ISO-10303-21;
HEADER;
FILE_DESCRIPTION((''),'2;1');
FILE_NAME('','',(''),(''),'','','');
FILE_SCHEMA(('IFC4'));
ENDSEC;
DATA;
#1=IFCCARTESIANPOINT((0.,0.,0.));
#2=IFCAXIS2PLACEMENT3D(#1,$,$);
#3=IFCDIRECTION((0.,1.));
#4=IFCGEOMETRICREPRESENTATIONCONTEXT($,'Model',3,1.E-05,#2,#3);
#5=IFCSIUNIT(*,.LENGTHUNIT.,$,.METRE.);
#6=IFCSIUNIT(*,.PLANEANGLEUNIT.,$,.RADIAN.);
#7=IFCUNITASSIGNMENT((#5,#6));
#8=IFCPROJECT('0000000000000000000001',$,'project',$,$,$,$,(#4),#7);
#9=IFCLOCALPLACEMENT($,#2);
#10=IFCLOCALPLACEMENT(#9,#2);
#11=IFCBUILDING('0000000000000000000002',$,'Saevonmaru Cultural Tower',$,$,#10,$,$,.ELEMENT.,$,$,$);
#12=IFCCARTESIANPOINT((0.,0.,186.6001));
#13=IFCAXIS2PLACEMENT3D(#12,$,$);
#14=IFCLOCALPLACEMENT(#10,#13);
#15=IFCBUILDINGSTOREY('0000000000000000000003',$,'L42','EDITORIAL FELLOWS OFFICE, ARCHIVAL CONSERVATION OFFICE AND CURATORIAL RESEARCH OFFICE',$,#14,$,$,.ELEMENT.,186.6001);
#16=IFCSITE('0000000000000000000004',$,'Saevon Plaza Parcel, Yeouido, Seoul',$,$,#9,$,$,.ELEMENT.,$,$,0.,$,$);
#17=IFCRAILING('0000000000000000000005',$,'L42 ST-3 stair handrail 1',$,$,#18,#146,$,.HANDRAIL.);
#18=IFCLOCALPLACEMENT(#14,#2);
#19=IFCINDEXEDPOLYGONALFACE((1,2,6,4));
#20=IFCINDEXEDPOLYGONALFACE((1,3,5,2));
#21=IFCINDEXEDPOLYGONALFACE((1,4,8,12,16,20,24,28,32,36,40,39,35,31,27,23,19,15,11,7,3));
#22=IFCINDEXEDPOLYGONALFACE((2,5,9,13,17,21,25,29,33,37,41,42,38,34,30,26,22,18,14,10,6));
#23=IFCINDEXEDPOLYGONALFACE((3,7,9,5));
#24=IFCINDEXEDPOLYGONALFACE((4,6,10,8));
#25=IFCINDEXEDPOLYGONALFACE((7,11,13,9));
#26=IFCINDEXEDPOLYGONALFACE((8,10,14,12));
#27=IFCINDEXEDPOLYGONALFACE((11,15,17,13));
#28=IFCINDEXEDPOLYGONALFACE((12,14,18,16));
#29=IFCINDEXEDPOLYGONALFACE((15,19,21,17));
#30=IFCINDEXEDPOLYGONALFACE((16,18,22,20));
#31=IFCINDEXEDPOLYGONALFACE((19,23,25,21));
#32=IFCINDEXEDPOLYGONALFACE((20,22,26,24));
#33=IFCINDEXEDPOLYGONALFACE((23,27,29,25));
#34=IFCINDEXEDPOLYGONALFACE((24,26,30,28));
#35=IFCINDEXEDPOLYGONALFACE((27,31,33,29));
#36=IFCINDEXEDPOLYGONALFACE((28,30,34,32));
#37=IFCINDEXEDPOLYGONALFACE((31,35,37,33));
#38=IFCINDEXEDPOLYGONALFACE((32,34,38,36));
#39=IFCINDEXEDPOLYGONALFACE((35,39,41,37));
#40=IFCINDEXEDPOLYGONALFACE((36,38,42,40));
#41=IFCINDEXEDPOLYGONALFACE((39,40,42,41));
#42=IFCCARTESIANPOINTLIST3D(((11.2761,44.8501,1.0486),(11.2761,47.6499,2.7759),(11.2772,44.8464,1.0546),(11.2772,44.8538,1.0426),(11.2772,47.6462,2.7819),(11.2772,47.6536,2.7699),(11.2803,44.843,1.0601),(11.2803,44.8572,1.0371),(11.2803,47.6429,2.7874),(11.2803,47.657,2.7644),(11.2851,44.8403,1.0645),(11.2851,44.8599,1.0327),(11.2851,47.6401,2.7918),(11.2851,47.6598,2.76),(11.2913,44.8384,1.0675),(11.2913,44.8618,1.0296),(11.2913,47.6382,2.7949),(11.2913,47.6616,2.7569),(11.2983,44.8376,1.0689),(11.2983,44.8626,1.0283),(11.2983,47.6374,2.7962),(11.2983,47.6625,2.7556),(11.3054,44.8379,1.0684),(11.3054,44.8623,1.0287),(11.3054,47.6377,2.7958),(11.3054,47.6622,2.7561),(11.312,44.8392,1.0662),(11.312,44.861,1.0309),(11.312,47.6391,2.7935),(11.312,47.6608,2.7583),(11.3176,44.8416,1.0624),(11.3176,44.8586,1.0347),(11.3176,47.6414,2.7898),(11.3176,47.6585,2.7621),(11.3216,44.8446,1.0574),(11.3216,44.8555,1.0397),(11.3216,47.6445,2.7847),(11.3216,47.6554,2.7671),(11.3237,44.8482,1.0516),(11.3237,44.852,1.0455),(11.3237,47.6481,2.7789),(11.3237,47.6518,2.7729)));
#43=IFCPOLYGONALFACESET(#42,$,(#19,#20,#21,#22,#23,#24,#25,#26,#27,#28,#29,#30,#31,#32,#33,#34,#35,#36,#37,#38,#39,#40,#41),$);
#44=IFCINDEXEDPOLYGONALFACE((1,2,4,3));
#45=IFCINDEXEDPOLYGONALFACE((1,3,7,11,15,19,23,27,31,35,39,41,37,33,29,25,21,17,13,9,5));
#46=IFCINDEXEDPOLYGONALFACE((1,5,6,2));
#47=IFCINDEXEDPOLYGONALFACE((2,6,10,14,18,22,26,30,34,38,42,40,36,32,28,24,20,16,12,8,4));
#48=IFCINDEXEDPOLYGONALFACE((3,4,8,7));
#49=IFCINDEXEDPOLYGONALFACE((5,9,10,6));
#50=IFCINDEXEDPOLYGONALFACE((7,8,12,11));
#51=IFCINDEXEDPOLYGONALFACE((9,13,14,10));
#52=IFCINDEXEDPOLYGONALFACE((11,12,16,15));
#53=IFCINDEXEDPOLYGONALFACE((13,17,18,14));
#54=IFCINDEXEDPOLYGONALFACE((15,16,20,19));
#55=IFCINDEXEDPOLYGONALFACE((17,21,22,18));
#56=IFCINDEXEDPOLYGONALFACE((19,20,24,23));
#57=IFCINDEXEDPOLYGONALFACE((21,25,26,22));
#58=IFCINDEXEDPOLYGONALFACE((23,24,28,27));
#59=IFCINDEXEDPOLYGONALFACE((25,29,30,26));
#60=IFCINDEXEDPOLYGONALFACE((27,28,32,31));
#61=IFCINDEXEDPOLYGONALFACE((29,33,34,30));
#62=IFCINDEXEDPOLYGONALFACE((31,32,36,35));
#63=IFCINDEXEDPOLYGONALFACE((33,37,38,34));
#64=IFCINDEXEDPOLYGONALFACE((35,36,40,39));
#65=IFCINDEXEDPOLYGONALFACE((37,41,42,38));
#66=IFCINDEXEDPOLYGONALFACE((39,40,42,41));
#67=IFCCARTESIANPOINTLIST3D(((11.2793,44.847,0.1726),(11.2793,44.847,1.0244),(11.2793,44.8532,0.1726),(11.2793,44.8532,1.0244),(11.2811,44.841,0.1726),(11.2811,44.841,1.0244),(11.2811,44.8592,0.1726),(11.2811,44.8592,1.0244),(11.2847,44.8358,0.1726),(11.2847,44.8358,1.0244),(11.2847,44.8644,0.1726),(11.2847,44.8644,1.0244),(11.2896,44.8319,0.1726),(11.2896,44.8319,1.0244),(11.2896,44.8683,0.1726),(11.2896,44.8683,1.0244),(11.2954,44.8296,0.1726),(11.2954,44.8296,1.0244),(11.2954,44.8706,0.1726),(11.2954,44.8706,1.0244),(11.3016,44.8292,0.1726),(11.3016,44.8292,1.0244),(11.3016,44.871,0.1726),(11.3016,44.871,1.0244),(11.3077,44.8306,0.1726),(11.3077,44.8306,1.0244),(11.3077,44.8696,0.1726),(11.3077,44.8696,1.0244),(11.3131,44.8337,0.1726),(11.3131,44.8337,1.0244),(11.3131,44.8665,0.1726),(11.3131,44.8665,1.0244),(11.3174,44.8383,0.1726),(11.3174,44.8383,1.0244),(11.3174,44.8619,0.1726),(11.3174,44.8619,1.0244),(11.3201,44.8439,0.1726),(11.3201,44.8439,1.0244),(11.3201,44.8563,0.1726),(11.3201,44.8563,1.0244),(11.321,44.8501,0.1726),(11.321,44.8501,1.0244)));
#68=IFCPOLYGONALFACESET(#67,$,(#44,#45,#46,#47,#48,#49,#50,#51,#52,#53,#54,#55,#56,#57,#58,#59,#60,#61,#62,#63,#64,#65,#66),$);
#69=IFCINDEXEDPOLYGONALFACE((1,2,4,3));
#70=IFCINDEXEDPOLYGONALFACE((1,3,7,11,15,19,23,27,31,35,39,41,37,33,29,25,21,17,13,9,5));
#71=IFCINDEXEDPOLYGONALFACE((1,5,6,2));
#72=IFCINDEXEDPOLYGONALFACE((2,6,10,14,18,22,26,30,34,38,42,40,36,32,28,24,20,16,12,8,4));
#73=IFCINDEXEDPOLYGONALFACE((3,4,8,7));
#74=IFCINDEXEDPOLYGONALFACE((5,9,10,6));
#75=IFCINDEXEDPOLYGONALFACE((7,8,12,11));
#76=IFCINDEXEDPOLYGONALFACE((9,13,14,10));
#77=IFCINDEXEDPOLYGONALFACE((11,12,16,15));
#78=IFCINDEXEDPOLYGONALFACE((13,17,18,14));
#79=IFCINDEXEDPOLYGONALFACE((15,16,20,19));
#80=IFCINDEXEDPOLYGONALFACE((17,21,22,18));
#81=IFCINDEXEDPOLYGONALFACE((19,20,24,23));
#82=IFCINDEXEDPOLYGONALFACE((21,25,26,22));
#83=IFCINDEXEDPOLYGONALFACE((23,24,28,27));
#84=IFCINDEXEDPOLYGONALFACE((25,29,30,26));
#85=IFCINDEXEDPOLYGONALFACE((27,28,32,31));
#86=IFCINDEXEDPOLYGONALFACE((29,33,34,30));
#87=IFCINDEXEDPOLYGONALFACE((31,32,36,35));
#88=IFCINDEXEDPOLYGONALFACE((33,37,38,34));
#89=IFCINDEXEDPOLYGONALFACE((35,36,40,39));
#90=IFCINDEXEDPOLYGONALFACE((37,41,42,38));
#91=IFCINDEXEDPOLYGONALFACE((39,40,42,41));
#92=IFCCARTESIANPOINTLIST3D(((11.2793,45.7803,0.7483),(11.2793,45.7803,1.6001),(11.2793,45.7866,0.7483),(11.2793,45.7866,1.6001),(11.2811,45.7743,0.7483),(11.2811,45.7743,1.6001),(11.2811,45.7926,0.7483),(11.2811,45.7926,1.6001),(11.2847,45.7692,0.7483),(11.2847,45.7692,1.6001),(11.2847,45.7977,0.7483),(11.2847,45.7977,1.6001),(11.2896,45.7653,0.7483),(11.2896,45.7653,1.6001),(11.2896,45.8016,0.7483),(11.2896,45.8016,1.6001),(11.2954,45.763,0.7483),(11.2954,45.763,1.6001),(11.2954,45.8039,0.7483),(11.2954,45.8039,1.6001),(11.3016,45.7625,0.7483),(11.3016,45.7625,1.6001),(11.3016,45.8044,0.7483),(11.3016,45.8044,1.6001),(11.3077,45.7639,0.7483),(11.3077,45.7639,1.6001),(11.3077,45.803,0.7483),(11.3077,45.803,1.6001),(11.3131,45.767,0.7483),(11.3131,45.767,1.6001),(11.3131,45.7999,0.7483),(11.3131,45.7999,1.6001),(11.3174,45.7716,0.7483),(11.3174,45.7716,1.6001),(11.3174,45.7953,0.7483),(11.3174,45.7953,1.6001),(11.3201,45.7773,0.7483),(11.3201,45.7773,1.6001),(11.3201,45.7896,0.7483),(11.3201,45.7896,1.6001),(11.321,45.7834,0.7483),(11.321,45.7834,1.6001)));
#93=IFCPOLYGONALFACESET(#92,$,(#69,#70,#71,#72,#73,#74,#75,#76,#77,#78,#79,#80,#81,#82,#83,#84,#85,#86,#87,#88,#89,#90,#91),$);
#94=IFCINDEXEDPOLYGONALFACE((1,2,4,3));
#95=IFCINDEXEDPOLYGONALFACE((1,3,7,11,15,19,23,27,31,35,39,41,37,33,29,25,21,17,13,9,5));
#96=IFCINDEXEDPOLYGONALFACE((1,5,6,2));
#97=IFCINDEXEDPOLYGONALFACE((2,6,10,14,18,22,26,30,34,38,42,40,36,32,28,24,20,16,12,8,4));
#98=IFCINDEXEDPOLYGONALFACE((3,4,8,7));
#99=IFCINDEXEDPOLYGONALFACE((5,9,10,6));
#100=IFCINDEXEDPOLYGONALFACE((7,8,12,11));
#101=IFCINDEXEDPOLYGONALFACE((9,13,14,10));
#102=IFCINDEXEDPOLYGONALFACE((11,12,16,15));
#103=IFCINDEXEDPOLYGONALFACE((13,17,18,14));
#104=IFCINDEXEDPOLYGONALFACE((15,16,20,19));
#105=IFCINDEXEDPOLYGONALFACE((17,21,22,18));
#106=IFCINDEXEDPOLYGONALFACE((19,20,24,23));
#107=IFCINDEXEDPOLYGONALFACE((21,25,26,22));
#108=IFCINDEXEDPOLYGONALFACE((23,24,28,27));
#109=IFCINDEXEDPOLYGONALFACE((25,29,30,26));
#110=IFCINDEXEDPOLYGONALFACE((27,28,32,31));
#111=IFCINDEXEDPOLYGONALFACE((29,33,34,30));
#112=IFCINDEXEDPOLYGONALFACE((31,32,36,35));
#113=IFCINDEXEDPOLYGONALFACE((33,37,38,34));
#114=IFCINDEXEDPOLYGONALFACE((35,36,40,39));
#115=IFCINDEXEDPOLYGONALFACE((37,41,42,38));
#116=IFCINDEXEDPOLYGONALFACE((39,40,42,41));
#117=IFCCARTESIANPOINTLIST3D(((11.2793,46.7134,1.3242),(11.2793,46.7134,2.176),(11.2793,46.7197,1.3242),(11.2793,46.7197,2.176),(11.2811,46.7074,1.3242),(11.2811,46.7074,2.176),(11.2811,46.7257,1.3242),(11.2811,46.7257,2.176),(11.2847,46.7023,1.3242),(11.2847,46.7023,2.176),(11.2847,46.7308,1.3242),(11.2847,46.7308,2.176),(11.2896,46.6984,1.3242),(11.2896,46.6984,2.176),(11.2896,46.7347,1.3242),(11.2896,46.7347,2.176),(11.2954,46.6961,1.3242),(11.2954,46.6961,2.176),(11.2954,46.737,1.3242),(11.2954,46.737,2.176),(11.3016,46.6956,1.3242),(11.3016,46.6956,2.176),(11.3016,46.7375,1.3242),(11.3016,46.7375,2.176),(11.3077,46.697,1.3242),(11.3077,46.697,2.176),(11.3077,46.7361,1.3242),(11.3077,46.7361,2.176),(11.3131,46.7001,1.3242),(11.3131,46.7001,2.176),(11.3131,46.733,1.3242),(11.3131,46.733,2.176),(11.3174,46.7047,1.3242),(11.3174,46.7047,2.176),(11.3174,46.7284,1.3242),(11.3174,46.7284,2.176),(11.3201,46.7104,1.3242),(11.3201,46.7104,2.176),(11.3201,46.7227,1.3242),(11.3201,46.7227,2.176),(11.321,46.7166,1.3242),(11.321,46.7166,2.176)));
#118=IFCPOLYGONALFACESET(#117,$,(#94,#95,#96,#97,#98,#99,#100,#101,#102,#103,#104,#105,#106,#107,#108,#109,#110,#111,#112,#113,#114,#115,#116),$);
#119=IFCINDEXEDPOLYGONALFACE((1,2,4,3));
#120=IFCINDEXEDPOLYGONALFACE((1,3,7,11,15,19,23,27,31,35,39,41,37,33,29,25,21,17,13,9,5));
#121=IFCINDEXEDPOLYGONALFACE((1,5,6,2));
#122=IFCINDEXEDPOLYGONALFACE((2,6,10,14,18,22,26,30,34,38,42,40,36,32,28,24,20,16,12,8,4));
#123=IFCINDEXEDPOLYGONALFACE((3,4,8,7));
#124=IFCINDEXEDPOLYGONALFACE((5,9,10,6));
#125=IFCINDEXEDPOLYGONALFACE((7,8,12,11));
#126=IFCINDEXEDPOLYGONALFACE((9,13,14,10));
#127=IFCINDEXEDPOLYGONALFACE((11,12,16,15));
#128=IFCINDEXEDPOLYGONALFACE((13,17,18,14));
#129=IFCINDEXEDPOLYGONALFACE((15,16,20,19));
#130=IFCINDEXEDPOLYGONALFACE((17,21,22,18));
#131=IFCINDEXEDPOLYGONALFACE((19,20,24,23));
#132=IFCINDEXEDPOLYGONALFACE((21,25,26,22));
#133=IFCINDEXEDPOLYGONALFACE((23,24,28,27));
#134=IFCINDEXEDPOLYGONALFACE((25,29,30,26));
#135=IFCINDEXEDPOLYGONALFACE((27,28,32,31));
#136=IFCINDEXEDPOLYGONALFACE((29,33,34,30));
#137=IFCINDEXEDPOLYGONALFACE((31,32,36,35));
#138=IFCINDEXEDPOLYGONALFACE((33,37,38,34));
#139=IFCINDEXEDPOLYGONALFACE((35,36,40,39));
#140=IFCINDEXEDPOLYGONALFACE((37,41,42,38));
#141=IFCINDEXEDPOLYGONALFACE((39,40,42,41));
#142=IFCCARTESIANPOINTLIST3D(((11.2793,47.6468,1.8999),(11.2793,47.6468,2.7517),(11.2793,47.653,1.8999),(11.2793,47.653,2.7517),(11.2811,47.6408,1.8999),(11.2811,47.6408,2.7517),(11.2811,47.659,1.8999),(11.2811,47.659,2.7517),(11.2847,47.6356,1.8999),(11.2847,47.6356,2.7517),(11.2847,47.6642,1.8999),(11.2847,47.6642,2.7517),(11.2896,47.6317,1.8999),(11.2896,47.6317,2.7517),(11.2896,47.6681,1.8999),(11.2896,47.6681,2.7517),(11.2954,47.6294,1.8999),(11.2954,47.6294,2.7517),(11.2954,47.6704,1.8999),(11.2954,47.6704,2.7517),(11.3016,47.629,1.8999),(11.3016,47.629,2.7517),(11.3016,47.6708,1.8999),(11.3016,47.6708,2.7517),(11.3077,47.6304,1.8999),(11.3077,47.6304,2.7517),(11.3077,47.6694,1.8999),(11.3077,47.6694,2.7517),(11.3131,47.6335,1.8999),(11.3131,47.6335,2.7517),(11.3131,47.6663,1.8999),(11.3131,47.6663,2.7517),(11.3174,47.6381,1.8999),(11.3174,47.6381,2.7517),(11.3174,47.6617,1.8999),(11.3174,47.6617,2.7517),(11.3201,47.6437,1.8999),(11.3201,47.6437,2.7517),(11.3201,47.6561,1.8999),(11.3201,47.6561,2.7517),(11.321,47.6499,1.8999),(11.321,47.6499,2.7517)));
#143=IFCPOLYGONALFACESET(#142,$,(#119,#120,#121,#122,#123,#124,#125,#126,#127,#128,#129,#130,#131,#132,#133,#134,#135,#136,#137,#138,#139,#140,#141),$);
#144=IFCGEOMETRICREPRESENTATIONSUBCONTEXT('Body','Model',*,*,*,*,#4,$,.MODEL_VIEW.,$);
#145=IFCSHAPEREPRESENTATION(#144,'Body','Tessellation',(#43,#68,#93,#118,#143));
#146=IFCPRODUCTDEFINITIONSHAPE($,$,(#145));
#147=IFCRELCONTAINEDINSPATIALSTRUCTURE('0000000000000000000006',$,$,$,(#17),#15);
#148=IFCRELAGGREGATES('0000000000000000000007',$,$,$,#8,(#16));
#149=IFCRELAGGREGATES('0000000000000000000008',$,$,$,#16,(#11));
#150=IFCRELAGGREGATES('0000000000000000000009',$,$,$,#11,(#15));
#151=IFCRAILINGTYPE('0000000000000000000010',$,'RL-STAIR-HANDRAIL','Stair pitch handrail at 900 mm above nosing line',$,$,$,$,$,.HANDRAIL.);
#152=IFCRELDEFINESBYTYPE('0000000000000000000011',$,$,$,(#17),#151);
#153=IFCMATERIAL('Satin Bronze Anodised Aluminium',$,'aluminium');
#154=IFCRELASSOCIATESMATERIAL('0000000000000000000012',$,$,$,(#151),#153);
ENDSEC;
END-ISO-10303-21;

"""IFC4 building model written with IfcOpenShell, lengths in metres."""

from ifc_helpers import new_model, si_unit, direction, frame, origin, origin_2d, place, context, subcontext, project, spatial, circle, extrude, material, type_object, element, save


model = new_model("IFC4")

# Units and contexts
model_context = context("Model", 3, precision=1e-05, world=origin(), true_north=direction((0.0, 1.0)))
body_context = subcontext(model_context, "Body", "Model", "MODEL_VIEW")
ifc_project = project(units=[si_unit("LENGTHUNIT", "METRE"), si_unit("PLANEANGLEUNIT", "RADIAN")], contexts=[model_context])

# Site, building, storey
site_placement = place(None, origin())
site = spatial("IfcSite", under=ifc_project, at=site_placement, Name="Saevon Plaza Parcel, Yeouido, Seoul", CompositionType="ELEMENT", RefElevation=0.0)
building_placement = place(site_placement, origin())
building = spatial("IfcBuilding", under=site, at=building_placement, Name="Saevonmaru Cultural Tower", CompositionType="ELEMENT")
storey_placement = place(building_placement, frame((0.0, 0.0, 186.6001)))
storey = spatial("IfcBuildingStorey", under=building, at=storey_placement, Name="L42", Description="EDITORIAL FELLOWS OFFICE, ARCHIVAL CONSERVATION OFFICE AND CURATORIAL RESEARCH OFFICE", CompositionType="ELEMENT", Elevation=186.6001)

# Shared definitions
ifc_material_1 = material(Name="Satin Bronze Anodised Aluminium", Category="aluminium")

# Railing
railing_type_1 = type_object("IfcRailingType", Name="RL-STAIR-HANDRAIL", Description="Stair pitch handrail at 900 mm above nosing line", PredefinedType="HANDRAIL", material=ifc_material_1)
railing_1_placement = place(storey_placement, frame((11.3, 44.8501, 0.1726)))
element("IfcRailing", 1, at=railing_1_placement, inside=storey, type_object=railing_type_1, Name="L42 ST-3 stair handrail 1", PredefinedType="HANDRAIL", context=body_context, shape_type="SweptSolid", body=[
    extrude(circle(Radius=0.0239, at=origin_2d()), frame((0.0, 0.0, 0.876), z_axis=(0.0, 0.851069, 0.525054), x_axis=(-1.0, 0.0, 0.0)), (0.0, 0.0, 1.0), 3.2898),
    extrude(circle(Radius=0.021, at=origin_2d()), origin(), (0.0, 0.0, 1.0), 0.8518),
    extrude(circle(Radius=0.021, at=origin_2d()), frame((0.0, 0.9333, 0.5757)), (0.0, 0.0, 1.0), 0.8518),
    extrude(circle(Radius=0.021, at=origin_2d()), frame((0.0, 1.8665, 1.1516)), (0.0, 0.0, 1.0), 0.8518),
    extrude(circle(Radius=0.021, at=origin_2d()), frame((0.0, 2.7998, 1.7273)), (0.0, 0.0, 1.0), 0.8518),
])

save(model, "model.ifc")
